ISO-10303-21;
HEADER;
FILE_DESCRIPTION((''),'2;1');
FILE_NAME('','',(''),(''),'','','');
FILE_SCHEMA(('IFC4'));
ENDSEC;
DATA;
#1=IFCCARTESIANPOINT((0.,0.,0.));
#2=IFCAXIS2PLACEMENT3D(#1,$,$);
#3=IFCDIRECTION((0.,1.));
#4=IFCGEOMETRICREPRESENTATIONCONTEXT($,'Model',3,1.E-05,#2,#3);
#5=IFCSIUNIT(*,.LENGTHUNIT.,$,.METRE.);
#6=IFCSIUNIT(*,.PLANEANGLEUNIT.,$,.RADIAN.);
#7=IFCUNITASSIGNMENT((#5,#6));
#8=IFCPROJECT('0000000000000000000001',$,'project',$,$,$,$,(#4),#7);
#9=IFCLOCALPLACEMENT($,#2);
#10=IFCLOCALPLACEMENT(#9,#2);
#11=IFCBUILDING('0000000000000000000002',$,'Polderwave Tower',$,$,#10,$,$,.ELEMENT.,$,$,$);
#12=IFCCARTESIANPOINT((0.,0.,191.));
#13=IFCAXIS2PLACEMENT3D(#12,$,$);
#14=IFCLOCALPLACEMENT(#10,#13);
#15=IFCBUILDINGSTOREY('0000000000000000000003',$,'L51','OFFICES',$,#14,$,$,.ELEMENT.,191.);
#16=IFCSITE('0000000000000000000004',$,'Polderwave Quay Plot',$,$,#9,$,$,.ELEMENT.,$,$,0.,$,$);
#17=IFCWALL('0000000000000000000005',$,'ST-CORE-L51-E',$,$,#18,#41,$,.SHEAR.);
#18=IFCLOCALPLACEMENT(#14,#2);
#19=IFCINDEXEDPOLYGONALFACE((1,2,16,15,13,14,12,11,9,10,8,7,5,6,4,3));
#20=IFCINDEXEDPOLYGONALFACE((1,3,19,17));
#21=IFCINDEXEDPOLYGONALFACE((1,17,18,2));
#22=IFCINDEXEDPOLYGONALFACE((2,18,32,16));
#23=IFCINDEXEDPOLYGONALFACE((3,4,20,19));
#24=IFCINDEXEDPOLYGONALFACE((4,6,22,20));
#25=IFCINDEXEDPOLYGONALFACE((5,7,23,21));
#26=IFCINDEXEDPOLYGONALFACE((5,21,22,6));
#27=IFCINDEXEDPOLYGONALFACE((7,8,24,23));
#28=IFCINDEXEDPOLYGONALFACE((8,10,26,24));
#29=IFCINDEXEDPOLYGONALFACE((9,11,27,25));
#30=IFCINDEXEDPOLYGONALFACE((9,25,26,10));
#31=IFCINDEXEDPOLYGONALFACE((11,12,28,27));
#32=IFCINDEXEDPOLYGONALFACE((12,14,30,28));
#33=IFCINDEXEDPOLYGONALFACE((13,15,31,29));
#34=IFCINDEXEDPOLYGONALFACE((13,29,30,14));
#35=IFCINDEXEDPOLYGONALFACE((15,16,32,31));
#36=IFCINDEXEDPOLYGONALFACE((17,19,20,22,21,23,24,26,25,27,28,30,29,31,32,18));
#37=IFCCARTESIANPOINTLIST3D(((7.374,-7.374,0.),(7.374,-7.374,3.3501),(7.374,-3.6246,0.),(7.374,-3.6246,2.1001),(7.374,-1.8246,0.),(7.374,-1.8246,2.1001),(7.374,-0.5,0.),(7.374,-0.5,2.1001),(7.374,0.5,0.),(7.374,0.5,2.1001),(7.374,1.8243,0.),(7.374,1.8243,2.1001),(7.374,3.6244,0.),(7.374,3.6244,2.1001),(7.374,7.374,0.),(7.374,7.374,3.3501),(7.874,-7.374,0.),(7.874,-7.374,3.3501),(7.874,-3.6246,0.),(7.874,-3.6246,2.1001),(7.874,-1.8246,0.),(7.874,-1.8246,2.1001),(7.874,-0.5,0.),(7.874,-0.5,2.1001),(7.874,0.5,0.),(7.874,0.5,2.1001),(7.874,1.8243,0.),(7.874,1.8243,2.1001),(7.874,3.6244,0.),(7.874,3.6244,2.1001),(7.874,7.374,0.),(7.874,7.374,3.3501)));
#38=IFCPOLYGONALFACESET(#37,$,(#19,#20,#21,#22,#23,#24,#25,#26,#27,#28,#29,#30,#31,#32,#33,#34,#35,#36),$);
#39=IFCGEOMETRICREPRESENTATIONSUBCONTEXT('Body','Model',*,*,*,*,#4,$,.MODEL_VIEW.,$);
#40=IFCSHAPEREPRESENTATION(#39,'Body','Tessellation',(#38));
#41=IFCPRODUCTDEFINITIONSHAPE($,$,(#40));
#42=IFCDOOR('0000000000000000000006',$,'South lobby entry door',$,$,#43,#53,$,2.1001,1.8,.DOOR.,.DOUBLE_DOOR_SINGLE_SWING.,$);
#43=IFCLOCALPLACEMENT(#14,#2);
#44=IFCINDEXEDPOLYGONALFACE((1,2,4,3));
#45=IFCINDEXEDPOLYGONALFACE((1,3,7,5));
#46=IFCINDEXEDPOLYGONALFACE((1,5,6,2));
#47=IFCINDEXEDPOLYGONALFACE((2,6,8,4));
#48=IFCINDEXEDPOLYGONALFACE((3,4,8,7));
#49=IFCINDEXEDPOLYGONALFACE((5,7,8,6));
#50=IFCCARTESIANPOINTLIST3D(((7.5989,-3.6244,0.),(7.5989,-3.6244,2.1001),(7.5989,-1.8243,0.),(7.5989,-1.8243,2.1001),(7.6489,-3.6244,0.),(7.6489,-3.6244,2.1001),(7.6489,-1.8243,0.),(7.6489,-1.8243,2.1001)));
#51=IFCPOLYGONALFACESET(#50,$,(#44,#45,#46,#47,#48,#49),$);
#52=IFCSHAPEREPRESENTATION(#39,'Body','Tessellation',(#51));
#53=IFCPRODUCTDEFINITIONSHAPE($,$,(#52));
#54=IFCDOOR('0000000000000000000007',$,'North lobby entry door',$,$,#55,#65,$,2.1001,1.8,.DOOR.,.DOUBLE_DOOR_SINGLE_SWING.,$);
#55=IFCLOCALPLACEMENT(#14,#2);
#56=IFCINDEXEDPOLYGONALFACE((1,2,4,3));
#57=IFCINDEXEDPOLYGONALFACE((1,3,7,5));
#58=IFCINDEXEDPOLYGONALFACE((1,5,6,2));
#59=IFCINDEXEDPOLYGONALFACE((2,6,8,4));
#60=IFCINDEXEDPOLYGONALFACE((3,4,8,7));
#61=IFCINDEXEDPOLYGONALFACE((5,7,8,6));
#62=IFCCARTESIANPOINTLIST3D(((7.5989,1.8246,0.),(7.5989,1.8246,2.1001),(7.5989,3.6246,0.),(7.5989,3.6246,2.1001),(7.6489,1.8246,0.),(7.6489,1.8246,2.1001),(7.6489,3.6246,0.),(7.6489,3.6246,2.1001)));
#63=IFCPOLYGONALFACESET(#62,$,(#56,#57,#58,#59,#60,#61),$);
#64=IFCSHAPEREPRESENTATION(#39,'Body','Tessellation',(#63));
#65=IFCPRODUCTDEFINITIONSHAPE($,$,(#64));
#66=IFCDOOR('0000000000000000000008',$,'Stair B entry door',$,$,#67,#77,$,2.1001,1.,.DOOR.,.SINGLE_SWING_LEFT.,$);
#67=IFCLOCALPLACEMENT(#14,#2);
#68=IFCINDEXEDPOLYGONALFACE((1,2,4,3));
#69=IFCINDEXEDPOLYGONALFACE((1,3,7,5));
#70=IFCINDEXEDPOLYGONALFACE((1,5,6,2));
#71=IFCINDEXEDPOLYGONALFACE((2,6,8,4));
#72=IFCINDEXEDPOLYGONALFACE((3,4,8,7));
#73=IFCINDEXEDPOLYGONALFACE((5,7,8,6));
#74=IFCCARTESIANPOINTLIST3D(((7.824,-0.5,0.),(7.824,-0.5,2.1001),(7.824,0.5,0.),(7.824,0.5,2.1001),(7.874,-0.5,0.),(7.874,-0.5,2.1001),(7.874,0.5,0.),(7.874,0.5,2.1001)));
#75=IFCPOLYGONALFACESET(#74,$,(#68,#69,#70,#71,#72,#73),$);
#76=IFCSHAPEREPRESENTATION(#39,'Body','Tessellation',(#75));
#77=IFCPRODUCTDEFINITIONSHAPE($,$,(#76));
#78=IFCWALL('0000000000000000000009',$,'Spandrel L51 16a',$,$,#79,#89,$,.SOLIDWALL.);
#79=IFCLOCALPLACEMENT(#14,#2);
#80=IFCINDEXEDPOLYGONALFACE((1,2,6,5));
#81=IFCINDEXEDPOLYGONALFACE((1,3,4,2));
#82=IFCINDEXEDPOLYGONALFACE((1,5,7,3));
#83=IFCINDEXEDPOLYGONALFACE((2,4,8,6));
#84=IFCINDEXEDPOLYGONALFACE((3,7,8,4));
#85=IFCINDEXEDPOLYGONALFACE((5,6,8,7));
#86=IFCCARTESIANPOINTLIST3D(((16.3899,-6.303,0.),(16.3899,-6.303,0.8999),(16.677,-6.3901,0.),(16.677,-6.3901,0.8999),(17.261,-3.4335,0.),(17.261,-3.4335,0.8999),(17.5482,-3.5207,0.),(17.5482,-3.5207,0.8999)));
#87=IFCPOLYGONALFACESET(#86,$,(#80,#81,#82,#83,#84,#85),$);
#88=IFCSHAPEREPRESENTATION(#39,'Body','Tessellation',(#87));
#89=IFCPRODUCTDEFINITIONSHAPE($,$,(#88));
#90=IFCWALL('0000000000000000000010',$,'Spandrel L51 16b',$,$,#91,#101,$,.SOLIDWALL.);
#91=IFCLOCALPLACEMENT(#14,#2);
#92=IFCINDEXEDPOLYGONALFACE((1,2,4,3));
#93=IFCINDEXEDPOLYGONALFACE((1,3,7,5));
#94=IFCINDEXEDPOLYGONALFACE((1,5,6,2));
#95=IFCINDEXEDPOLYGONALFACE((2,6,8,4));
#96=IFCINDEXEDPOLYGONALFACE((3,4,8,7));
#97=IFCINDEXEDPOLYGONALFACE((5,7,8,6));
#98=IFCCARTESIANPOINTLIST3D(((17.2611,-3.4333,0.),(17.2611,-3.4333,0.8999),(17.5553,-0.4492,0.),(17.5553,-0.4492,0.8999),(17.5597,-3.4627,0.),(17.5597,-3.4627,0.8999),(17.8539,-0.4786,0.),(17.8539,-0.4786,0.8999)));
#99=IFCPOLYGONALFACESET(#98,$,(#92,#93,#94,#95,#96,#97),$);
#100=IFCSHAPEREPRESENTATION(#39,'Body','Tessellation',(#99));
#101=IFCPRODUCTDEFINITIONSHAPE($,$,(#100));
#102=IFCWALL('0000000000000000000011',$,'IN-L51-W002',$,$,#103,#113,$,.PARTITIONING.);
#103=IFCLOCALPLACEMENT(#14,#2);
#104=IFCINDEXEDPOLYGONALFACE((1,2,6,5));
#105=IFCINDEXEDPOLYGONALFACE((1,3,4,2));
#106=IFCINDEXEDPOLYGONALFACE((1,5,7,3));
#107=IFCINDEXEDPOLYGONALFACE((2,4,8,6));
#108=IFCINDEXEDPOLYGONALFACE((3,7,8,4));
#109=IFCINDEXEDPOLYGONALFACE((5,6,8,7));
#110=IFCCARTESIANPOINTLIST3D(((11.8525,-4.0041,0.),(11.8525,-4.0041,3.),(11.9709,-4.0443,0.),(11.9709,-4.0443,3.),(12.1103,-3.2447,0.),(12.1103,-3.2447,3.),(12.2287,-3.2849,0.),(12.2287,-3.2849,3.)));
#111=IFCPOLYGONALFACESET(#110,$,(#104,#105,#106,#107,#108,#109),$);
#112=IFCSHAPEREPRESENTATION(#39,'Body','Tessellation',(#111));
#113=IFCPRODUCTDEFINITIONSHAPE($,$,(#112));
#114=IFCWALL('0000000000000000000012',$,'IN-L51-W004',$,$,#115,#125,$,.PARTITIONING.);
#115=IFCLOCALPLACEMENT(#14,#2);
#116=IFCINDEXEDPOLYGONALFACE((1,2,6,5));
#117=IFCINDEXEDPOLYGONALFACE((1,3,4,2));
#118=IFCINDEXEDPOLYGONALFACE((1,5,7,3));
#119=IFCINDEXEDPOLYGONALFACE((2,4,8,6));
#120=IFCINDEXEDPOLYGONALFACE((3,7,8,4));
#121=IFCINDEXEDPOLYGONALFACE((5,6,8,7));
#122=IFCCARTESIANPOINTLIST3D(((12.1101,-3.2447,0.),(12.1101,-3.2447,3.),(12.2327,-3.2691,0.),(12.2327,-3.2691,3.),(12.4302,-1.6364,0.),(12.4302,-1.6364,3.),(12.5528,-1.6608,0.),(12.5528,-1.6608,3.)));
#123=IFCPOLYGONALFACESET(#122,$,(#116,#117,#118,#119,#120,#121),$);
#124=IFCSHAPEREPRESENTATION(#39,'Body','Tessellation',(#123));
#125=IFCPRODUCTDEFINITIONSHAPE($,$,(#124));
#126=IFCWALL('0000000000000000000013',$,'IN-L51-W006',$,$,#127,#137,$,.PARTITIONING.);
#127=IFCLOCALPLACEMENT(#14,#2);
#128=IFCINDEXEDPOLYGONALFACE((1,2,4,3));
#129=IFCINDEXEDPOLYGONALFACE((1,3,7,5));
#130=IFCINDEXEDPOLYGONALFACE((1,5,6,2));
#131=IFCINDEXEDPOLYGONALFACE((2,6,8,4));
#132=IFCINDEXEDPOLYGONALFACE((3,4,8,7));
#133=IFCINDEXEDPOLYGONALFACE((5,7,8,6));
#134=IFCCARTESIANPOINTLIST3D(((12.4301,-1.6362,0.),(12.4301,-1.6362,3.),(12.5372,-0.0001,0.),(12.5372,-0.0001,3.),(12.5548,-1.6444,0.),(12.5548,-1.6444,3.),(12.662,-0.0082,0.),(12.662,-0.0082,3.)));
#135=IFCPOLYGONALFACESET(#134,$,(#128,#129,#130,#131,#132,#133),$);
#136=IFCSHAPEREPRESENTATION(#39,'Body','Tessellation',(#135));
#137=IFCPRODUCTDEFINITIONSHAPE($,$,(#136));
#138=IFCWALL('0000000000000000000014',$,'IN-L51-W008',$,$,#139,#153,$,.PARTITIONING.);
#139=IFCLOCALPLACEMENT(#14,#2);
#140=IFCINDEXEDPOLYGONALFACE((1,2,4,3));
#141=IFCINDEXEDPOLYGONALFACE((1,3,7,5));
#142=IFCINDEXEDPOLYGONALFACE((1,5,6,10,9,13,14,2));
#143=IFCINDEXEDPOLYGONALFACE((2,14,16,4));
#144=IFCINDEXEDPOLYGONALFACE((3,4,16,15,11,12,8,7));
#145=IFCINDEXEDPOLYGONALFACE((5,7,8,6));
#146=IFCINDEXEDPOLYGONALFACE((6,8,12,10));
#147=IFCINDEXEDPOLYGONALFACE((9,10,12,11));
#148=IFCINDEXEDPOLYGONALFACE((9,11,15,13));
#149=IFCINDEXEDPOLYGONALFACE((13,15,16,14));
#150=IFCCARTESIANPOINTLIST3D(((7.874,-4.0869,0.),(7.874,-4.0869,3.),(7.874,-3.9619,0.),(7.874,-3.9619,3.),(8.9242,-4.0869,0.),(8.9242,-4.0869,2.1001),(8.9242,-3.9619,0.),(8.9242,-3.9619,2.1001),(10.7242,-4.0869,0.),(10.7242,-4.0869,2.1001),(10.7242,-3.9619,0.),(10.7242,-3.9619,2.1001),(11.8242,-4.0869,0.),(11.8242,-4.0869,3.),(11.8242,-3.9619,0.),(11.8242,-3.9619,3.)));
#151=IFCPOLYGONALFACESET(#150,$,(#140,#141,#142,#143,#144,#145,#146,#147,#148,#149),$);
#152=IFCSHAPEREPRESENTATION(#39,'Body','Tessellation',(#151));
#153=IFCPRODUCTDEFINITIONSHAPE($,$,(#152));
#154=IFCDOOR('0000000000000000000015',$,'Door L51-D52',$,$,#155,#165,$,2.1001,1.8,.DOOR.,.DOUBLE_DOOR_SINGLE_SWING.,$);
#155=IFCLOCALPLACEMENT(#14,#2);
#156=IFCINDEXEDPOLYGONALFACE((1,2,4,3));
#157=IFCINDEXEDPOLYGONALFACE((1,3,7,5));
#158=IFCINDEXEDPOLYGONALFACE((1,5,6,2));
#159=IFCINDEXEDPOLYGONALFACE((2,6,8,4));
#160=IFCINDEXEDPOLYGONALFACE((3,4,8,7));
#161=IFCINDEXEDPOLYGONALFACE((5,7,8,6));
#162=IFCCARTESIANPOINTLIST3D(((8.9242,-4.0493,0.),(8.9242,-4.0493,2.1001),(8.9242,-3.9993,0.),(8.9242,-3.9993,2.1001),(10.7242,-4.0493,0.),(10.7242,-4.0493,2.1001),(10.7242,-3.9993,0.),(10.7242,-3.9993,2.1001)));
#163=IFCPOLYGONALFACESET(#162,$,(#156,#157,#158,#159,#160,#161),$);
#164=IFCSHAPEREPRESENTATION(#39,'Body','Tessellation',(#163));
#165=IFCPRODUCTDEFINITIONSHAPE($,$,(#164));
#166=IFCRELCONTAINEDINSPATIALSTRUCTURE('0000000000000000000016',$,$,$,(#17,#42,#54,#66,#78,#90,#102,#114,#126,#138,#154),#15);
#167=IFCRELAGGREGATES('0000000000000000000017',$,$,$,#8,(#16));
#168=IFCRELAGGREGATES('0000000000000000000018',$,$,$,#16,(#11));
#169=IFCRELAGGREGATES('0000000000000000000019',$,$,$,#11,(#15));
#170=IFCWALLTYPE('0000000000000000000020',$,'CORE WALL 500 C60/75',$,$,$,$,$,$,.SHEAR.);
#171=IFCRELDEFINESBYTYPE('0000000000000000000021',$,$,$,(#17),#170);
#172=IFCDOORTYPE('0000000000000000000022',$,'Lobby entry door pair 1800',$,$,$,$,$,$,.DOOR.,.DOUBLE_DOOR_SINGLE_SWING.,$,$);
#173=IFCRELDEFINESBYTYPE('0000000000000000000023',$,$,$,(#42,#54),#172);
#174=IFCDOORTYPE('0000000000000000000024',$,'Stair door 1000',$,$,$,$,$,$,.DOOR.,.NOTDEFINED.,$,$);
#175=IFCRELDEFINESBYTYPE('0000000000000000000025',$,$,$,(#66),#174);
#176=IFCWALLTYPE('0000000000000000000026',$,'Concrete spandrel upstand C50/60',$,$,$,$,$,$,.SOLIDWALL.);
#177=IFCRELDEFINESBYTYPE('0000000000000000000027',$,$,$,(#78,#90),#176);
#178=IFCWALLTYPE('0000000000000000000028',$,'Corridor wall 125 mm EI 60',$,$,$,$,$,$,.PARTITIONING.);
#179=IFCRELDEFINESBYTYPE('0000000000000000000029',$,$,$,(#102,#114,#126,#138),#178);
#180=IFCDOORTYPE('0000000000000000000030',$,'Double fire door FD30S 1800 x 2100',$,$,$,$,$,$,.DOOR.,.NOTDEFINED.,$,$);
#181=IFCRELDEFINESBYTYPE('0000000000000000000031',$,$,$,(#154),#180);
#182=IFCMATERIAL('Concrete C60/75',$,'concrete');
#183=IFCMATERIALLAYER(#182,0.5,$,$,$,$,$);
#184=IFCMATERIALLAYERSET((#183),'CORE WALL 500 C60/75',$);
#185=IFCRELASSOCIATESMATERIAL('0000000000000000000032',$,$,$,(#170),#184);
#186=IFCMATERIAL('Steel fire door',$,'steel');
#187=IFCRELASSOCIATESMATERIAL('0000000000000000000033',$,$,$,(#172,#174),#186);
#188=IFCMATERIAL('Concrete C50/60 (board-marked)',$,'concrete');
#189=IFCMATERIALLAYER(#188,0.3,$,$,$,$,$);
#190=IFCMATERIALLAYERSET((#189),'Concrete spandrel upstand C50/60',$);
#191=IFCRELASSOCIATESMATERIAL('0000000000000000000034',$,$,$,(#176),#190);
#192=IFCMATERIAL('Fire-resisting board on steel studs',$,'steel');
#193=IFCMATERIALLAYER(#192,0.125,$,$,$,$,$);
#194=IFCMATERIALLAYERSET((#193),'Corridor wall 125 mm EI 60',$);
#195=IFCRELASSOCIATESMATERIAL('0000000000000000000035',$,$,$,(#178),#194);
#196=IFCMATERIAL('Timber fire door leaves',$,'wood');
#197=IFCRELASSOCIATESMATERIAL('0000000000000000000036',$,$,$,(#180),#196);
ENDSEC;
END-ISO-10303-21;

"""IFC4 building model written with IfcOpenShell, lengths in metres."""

from ifc_helpers import new_model, si_unit, direction, frame, frame_2d, origin, place, context, subcontext, project, spatial, rectangle, extrude, material, layer, layer_set, type_object, element, fill, save


model = new_model("IFC4")

# Units and contexts
model_context = context("Model", 3, precision=1e-05, world=origin(), true_north=direction((0.0, 1.0)))
body_context = subcontext(model_context, "Body", "Model", "MODEL_VIEW")
ifc_project = project(units=[si_unit("LENGTHUNIT", "METRE"), si_unit("PLANEANGLEUNIT", "RADIAN")], contexts=[model_context])

# Site, building, storey
site_placement = place(None, origin())
site = spatial("IfcSite", under=ifc_project, at=site_placement, Name="Polderwave Quay Plot", CompositionType="ELEMENT", RefElevation=0.0)
building_placement = place(site_placement, origin())
building = spatial("IfcBuilding", under=site, at=building_placement, Name="Polderwave Tower", CompositionType="ELEMENT")
storey_placement = place(building_placement, frame((0.0, 0.0, 191.0)))
storey = spatial("IfcBuildingStorey", under=building, at=storey_placement, Name="L51", Description="OFFICES", CompositionType="ELEMENT", Elevation=191.0)

# Shared definitions
ifc_material_1 = material(Name="Concrete C60/75", Category="concrete")

# Wall, openings, doors
ifc_layer_1 = layer(ifc_material_1, 0.5)
ifc_layer_set_1 = layer_set([ifc_layer_1], Name="CORE WALL 500 C60/75")
wall_type_1 = type_object("IfcWallType", Name="CORE WALL 500 C60/75", PredefinedType="SHEAR", material=ifc_layer_set_1)
wall_1_placement = place(storey_placement, frame((7.624, -7.374, 0.0), z_axis=(0.0, 0.0, 1.0), x_axis=(0.0, 1.0, 0.0)))
wall_1 = element("IfcWall", 1, at=wall_1_placement, inside=storey, type_object=wall_type_1, Name="ST-CORE-L51-E", PredefinedType="SHEAR", context=body_context, shape_type="SweptSolid", body=[
    extrude(rectangle(XDim=14.748, YDim=0.5, at=frame_2d((7.374, 0.0))), origin(), (0.0, 0.0, 1.0), 3.3501),
])
opening_1_placement = place(wall_1_placement, frame((6.874, 0.0, 0.0)))
opening_1 = element("IfcOpeningElement", 2, at=opening_1_placement, cuts=wall_1, PredefinedType="OPENING", context=body_context, shape_type="SweptSolid", body=[
    extrude(rectangle(XDim=1.0, YDim=2.1001, at=frame_2d((0.5, 1.05))), frame((0.0, 0.26, 0.0), z_axis=(0.0, -1.0, 0.0), x_axis=(1.0, 0.0, 0.0)), (0.0, 0.0, 1.0), 0.52),
])
opening_2_placement = place(wall_1_placement, frame((3.7495, 0.0, 0.0)))
opening_2 = element("IfcOpeningElement", 3, at=opening_2_placement, cuts=wall_1, PredefinedType="OPENING", context=body_context, shape_type="SweptSolid", body=[
    extrude(rectangle(XDim=1.8, YDim=2.1001, at=frame_2d((0.8999, 1.05))), frame((0.0, 0.26, 0.0), z_axis=(0.0, -1.0, 0.0), x_axis=(1.0, 0.0, 0.0)), (0.0, 0.0, 1.0), 0.52),
])
opening_3_placement = place(wall_1_placement, frame((9.1985, 0.0, 0.0)))
opening_3 = element("IfcOpeningElement", 4, at=opening_3_placement, cuts=wall_1, PredefinedType="OPENING", context=body_context, shape_type="SweptSolid", body=[
    extrude(rectangle(XDim=1.8, YDim=2.1001, at=frame_2d((0.8999, 1.05))), frame((0.0, 0.26, 0.0), z_axis=(0.0, -1.0, 0.0), x_axis=(1.0, 0.0, 0.0)), (0.0, 0.0, 1.0), 0.52),
])
ifc_material_2 = material(Name="Steel fire door", Category="steel")
door_type_1 = type_object("IfcDoorType", Name="Lobby entry door pair 1800", OperationType="DOUBLE_DOOR_SINGLE_SWING", PredefinedType="DOOR", material=ifc_material_2)
door_1_placement = place(opening_2_placement, frame((1.8, 0.0, 0.0), z_axis=(0.0, 0.0, 1.0), x_axis=(-1.0, 0.0, 0.0)))
door_1 = element("IfcDoor", 5, at=door_1_placement, inside=storey, type_object=door_type_1, Name="South lobby entry door", OperationType="DOUBLE_DOOR_SINGLE_SWING", OverallHeight=2.1001, OverallWidth=1.8, PredefinedType="DOOR", context=body_context, shape_type="SweptSolid", body=[
    extrude(rectangle(XDim=1.8, YDim=2.1001, at=frame_2d((0.8999, 1.05))), frame((0.0, 0.0249, 0.0), z_axis=(0.0, -1.0, 0.0), x_axis=(1.0, 0.0, 0.0)), (0.0, 0.0, 1.0), 0.05),
])
fill(opening_2, door_1)
door_2_placement = place(opening_3_placement, frame((1.8, 0.0, 0.0), z_axis=(0.0, 0.0, 1.0), x_axis=(-1.0, 0.0, 0.0)))
door_2 = element("IfcDoor", 6, at=door_2_placement, inside=storey, type_object=door_type_1, Name="North lobby entry door", OperationType="DOUBLE_DOOR_SINGLE_SWING", OverallHeight=2.1001, OverallWidth=1.8, PredefinedType="DOOR", context=body_context, shape_type="SweptSolid", body=[
    extrude(rectangle(XDim=1.8, YDim=2.1001, at=frame_2d((0.8999, 1.05))), frame((0.0, 0.0249, 0.0), z_axis=(0.0, -1.0, 0.0), x_axis=(1.0, 0.0, 0.0)), (0.0, 0.0, 1.0), 0.05),
])
fill(opening_3, door_2)
door_type_2 = type_object("IfcDoorType", Name="Stair door 1000", OperationType="NOTDEFINED", PredefinedType="DOOR", material=ifc_material_2)
door_3_placement = place(opening_1_placement, frame((1.0, 0.0, 0.0), z_axis=(0.0, 0.0, 1.0), x_axis=(-1.0, 0.0, 0.0)))
door_3 = element("IfcDoor", 7, at=door_3_placement, inside=storey, type_object=door_type_2, Name="Stair B entry door", OperationType="SINGLE_SWING_LEFT", OverallHeight=2.1001, OverallWidth=1.0, PredefinedType="DOOR", context=body_context, shape_type="SweptSolid", body=[
    extrude(rectangle(XDim=1.0, YDim=2.1001, at=frame_2d((0.5, 1.05))), frame((0.0, 0.25, 0.0), z_axis=(0.0, -1.0, 0.0), x_axis=(1.0, 0.0, 0.0)), (0.0, 0.0, 1.0), 0.05),
])
fill(opening_1, door_3)

# Walls
ifc_material_3 = material(Name="Concrete C50/60 (board-marked)", Category="concrete")
ifc_layer_2 = layer(ifc_material_3, 0.3)
ifc_layer_set_2 = layer_set([ifc_layer_2], Name="Concrete spandrel upstand C50/60")
wall_type_2 = type_object("IfcWallType", Name="Concrete spandrel upstand C50/60", PredefinedType="SOLIDWALL", material=ifc_layer_set_2)
wall_2_placement = place(storey_placement, frame((16.5334, -6.3467, 0.0), z_axis=(0.0, 0.0, 1.0), x_axis=(0.290491, 0.956878, 0.0)))
element("IfcWall", 8, at=wall_2_placement, inside=storey, type_object=wall_type_2, Name="Spandrel L51 16a", PredefinedType="SOLIDWALL", context=body_context, shape_type="SweptSolid", body=[
    extrude(rectangle(XDim=2.9988, YDim=0.3, at=frame_2d((1.4995, 0.0))), origin(), (0.0, 0.0, 1.0), 0.8999),
])
wall_3_placement = place(storey_placement, frame((17.4104, -3.448, 0.0), z_axis=(0.0, 0.0, 1.0), x_axis=(0.098109, 0.995176, 0.0)))
element("IfcWall", 9, at=wall_3_placement, inside=storey, type_object=wall_type_2, Name="Spandrel L51 16b", PredefinedType="SOLIDWALL", context=body_context, shape_type="SweptSolid", body=[
    extrude(rectangle(XDim=2.9985, YDim=0.3, at=frame_2d((1.4993, 0.0))), origin(), (0.0, 0.0, 1.0), 0.8999),
])
ifc_material_4 = material(Name="Fire-resisting board on steel studs", Category="steel")
ifc_layer_3 = layer(ifc_material_4, 0.125)
ifc_layer_set_3 = layer_set([ifc_layer_3], Name="Corridor wall 125 mm EI 60")
wall_type_3 = type_object("IfcWallType", Name="Corridor wall 125 mm EI 60", PredefinedType="PARTITIONING", material=ifc_layer_set_3)
wall_4_placement = place(storey_placement, frame((12.1694, -3.2649, 0.0), z_axis=(0.0, 0.0, 1.0), x_axis=(-0.321428, -0.946934, 0.0)))
element("IfcWall", 10, at=wall_4_placement, inside=storey, type_object=wall_type_3, Name="IN-L51-W002", PredefinedType="PARTITIONING", context=body_context, shape_type="SweptSolid", body=[
    extrude(rectangle(XDim=0.802, YDim=0.125, at=frame_2d((0.4009, 0.0))), origin(), (0.0, 0.0, 1.0), 3.0),
])
wall_5_placement = place(storey_placement, frame((12.4915, -1.6487, 0.0), z_axis=(0.0, 0.0, 1.0), x_axis=(-0.195171, -0.980769, 0.0)))
element("IfcWall", 11, at=wall_5_placement, inside=storey, type_object=wall_type_3, Name="IN-L51-W004", PredefinedType="PARTITIONING", context=body_context, shape_type="SweptSolid", body=[
    extrude(rectangle(XDim=1.6399, YDim=0.125, at=frame_2d((0.8198, 0.0))), origin(), (0.0, 0.0, 1.0), 3.0),
])
wall_6_placement = place(storey_placement, frame((12.5996, -0.0042, 0.0), z_axis=(0.0, 0.0, 1.0), x_axis=(-0.065363, -0.997862, 0.0)))
element("IfcWall", 12, at=wall_6_placement, inside=storey, type_object=wall_type_3, Name="IN-L51-W006", PredefinedType="PARTITIONING", context=body_context, shape_type="SweptSolid", body=[
    extrude(rectangle(XDim=1.6396, YDim=0.125, at=frame_2d((0.8198, 0.0))), origin(), (0.0, 0.0, 1.0), 3.0),
])

# Wall, opening, door
wall_7_placement = place(storey_placement, frame((11.8242, -4.0244, 0.0), z_axis=(0.0, 0.0, 1.0), x_axis=(-1.0, 0.0, 0.0)))
wall_7 = element("IfcWall", 13, at=wall_7_placement, inside=storey, type_object=wall_type_3, Name="IN-L51-W008", PredefinedType="PARTITIONING", context=body_context, shape_type="SweptSolid", body=[
    extrude(rectangle(XDim=3.9502, YDim=0.125, at=frame_2d((1.9751, 0.0))), origin(), (0.0, 0.0, 1.0), 3.0),
])
opening_4_placement = place(wall_7_placement, frame((1.1001, 0.0, 0.0)))
opening_4 = element("IfcOpeningElement", 14, at=opening_4_placement, cuts=wall_7, PredefinedType="OPENING", context=body_context, shape_type="SweptSolid", body=[
    extrude(rectangle(XDim=1.8, YDim=2.1001, at=frame_2d((0.8999, 1.05))), frame((0.0, 0.0725, 0.0), z_axis=(0.0, -1.0, 0.0), x_axis=(1.0, 0.0, 0.0)), (0.0, 0.0, 1.0), 0.145),
])
ifc_material_5 = material(Name="Timber fire door leaves", Category="wood")
door_type_3 = type_object("IfcDoorType", Name="Double fire door FD30S 1800 x 2100", OperationType="NOTDEFINED", PredefinedType="DOOR", material=ifc_material_5)
door_4_placement = place(opening_4_placement, origin())
door_4 = element("IfcDoor", 15, at=door_4_placement, inside=storey, type_object=door_type_3, Name="Door L51-D52", OperationType="DOUBLE_DOOR_SINGLE_SWING", OverallHeight=2.1001, OverallWidth=1.8, PredefinedType="DOOR", context=body_context, shape_type="SweptSolid", body=[
    extrude(rectangle(XDim=1.8, YDim=2.1001, at=frame_2d((0.8999, 1.05))), frame((0.0, 0.0249, 0.0), z_axis=(0.0, -1.0, 0.0), x_axis=(1.0, 0.0, 0.0)), (0.0, 0.0, 1.0), 0.05),
])
fill(opening_4, door_4)

save(model, "model.ifc")
